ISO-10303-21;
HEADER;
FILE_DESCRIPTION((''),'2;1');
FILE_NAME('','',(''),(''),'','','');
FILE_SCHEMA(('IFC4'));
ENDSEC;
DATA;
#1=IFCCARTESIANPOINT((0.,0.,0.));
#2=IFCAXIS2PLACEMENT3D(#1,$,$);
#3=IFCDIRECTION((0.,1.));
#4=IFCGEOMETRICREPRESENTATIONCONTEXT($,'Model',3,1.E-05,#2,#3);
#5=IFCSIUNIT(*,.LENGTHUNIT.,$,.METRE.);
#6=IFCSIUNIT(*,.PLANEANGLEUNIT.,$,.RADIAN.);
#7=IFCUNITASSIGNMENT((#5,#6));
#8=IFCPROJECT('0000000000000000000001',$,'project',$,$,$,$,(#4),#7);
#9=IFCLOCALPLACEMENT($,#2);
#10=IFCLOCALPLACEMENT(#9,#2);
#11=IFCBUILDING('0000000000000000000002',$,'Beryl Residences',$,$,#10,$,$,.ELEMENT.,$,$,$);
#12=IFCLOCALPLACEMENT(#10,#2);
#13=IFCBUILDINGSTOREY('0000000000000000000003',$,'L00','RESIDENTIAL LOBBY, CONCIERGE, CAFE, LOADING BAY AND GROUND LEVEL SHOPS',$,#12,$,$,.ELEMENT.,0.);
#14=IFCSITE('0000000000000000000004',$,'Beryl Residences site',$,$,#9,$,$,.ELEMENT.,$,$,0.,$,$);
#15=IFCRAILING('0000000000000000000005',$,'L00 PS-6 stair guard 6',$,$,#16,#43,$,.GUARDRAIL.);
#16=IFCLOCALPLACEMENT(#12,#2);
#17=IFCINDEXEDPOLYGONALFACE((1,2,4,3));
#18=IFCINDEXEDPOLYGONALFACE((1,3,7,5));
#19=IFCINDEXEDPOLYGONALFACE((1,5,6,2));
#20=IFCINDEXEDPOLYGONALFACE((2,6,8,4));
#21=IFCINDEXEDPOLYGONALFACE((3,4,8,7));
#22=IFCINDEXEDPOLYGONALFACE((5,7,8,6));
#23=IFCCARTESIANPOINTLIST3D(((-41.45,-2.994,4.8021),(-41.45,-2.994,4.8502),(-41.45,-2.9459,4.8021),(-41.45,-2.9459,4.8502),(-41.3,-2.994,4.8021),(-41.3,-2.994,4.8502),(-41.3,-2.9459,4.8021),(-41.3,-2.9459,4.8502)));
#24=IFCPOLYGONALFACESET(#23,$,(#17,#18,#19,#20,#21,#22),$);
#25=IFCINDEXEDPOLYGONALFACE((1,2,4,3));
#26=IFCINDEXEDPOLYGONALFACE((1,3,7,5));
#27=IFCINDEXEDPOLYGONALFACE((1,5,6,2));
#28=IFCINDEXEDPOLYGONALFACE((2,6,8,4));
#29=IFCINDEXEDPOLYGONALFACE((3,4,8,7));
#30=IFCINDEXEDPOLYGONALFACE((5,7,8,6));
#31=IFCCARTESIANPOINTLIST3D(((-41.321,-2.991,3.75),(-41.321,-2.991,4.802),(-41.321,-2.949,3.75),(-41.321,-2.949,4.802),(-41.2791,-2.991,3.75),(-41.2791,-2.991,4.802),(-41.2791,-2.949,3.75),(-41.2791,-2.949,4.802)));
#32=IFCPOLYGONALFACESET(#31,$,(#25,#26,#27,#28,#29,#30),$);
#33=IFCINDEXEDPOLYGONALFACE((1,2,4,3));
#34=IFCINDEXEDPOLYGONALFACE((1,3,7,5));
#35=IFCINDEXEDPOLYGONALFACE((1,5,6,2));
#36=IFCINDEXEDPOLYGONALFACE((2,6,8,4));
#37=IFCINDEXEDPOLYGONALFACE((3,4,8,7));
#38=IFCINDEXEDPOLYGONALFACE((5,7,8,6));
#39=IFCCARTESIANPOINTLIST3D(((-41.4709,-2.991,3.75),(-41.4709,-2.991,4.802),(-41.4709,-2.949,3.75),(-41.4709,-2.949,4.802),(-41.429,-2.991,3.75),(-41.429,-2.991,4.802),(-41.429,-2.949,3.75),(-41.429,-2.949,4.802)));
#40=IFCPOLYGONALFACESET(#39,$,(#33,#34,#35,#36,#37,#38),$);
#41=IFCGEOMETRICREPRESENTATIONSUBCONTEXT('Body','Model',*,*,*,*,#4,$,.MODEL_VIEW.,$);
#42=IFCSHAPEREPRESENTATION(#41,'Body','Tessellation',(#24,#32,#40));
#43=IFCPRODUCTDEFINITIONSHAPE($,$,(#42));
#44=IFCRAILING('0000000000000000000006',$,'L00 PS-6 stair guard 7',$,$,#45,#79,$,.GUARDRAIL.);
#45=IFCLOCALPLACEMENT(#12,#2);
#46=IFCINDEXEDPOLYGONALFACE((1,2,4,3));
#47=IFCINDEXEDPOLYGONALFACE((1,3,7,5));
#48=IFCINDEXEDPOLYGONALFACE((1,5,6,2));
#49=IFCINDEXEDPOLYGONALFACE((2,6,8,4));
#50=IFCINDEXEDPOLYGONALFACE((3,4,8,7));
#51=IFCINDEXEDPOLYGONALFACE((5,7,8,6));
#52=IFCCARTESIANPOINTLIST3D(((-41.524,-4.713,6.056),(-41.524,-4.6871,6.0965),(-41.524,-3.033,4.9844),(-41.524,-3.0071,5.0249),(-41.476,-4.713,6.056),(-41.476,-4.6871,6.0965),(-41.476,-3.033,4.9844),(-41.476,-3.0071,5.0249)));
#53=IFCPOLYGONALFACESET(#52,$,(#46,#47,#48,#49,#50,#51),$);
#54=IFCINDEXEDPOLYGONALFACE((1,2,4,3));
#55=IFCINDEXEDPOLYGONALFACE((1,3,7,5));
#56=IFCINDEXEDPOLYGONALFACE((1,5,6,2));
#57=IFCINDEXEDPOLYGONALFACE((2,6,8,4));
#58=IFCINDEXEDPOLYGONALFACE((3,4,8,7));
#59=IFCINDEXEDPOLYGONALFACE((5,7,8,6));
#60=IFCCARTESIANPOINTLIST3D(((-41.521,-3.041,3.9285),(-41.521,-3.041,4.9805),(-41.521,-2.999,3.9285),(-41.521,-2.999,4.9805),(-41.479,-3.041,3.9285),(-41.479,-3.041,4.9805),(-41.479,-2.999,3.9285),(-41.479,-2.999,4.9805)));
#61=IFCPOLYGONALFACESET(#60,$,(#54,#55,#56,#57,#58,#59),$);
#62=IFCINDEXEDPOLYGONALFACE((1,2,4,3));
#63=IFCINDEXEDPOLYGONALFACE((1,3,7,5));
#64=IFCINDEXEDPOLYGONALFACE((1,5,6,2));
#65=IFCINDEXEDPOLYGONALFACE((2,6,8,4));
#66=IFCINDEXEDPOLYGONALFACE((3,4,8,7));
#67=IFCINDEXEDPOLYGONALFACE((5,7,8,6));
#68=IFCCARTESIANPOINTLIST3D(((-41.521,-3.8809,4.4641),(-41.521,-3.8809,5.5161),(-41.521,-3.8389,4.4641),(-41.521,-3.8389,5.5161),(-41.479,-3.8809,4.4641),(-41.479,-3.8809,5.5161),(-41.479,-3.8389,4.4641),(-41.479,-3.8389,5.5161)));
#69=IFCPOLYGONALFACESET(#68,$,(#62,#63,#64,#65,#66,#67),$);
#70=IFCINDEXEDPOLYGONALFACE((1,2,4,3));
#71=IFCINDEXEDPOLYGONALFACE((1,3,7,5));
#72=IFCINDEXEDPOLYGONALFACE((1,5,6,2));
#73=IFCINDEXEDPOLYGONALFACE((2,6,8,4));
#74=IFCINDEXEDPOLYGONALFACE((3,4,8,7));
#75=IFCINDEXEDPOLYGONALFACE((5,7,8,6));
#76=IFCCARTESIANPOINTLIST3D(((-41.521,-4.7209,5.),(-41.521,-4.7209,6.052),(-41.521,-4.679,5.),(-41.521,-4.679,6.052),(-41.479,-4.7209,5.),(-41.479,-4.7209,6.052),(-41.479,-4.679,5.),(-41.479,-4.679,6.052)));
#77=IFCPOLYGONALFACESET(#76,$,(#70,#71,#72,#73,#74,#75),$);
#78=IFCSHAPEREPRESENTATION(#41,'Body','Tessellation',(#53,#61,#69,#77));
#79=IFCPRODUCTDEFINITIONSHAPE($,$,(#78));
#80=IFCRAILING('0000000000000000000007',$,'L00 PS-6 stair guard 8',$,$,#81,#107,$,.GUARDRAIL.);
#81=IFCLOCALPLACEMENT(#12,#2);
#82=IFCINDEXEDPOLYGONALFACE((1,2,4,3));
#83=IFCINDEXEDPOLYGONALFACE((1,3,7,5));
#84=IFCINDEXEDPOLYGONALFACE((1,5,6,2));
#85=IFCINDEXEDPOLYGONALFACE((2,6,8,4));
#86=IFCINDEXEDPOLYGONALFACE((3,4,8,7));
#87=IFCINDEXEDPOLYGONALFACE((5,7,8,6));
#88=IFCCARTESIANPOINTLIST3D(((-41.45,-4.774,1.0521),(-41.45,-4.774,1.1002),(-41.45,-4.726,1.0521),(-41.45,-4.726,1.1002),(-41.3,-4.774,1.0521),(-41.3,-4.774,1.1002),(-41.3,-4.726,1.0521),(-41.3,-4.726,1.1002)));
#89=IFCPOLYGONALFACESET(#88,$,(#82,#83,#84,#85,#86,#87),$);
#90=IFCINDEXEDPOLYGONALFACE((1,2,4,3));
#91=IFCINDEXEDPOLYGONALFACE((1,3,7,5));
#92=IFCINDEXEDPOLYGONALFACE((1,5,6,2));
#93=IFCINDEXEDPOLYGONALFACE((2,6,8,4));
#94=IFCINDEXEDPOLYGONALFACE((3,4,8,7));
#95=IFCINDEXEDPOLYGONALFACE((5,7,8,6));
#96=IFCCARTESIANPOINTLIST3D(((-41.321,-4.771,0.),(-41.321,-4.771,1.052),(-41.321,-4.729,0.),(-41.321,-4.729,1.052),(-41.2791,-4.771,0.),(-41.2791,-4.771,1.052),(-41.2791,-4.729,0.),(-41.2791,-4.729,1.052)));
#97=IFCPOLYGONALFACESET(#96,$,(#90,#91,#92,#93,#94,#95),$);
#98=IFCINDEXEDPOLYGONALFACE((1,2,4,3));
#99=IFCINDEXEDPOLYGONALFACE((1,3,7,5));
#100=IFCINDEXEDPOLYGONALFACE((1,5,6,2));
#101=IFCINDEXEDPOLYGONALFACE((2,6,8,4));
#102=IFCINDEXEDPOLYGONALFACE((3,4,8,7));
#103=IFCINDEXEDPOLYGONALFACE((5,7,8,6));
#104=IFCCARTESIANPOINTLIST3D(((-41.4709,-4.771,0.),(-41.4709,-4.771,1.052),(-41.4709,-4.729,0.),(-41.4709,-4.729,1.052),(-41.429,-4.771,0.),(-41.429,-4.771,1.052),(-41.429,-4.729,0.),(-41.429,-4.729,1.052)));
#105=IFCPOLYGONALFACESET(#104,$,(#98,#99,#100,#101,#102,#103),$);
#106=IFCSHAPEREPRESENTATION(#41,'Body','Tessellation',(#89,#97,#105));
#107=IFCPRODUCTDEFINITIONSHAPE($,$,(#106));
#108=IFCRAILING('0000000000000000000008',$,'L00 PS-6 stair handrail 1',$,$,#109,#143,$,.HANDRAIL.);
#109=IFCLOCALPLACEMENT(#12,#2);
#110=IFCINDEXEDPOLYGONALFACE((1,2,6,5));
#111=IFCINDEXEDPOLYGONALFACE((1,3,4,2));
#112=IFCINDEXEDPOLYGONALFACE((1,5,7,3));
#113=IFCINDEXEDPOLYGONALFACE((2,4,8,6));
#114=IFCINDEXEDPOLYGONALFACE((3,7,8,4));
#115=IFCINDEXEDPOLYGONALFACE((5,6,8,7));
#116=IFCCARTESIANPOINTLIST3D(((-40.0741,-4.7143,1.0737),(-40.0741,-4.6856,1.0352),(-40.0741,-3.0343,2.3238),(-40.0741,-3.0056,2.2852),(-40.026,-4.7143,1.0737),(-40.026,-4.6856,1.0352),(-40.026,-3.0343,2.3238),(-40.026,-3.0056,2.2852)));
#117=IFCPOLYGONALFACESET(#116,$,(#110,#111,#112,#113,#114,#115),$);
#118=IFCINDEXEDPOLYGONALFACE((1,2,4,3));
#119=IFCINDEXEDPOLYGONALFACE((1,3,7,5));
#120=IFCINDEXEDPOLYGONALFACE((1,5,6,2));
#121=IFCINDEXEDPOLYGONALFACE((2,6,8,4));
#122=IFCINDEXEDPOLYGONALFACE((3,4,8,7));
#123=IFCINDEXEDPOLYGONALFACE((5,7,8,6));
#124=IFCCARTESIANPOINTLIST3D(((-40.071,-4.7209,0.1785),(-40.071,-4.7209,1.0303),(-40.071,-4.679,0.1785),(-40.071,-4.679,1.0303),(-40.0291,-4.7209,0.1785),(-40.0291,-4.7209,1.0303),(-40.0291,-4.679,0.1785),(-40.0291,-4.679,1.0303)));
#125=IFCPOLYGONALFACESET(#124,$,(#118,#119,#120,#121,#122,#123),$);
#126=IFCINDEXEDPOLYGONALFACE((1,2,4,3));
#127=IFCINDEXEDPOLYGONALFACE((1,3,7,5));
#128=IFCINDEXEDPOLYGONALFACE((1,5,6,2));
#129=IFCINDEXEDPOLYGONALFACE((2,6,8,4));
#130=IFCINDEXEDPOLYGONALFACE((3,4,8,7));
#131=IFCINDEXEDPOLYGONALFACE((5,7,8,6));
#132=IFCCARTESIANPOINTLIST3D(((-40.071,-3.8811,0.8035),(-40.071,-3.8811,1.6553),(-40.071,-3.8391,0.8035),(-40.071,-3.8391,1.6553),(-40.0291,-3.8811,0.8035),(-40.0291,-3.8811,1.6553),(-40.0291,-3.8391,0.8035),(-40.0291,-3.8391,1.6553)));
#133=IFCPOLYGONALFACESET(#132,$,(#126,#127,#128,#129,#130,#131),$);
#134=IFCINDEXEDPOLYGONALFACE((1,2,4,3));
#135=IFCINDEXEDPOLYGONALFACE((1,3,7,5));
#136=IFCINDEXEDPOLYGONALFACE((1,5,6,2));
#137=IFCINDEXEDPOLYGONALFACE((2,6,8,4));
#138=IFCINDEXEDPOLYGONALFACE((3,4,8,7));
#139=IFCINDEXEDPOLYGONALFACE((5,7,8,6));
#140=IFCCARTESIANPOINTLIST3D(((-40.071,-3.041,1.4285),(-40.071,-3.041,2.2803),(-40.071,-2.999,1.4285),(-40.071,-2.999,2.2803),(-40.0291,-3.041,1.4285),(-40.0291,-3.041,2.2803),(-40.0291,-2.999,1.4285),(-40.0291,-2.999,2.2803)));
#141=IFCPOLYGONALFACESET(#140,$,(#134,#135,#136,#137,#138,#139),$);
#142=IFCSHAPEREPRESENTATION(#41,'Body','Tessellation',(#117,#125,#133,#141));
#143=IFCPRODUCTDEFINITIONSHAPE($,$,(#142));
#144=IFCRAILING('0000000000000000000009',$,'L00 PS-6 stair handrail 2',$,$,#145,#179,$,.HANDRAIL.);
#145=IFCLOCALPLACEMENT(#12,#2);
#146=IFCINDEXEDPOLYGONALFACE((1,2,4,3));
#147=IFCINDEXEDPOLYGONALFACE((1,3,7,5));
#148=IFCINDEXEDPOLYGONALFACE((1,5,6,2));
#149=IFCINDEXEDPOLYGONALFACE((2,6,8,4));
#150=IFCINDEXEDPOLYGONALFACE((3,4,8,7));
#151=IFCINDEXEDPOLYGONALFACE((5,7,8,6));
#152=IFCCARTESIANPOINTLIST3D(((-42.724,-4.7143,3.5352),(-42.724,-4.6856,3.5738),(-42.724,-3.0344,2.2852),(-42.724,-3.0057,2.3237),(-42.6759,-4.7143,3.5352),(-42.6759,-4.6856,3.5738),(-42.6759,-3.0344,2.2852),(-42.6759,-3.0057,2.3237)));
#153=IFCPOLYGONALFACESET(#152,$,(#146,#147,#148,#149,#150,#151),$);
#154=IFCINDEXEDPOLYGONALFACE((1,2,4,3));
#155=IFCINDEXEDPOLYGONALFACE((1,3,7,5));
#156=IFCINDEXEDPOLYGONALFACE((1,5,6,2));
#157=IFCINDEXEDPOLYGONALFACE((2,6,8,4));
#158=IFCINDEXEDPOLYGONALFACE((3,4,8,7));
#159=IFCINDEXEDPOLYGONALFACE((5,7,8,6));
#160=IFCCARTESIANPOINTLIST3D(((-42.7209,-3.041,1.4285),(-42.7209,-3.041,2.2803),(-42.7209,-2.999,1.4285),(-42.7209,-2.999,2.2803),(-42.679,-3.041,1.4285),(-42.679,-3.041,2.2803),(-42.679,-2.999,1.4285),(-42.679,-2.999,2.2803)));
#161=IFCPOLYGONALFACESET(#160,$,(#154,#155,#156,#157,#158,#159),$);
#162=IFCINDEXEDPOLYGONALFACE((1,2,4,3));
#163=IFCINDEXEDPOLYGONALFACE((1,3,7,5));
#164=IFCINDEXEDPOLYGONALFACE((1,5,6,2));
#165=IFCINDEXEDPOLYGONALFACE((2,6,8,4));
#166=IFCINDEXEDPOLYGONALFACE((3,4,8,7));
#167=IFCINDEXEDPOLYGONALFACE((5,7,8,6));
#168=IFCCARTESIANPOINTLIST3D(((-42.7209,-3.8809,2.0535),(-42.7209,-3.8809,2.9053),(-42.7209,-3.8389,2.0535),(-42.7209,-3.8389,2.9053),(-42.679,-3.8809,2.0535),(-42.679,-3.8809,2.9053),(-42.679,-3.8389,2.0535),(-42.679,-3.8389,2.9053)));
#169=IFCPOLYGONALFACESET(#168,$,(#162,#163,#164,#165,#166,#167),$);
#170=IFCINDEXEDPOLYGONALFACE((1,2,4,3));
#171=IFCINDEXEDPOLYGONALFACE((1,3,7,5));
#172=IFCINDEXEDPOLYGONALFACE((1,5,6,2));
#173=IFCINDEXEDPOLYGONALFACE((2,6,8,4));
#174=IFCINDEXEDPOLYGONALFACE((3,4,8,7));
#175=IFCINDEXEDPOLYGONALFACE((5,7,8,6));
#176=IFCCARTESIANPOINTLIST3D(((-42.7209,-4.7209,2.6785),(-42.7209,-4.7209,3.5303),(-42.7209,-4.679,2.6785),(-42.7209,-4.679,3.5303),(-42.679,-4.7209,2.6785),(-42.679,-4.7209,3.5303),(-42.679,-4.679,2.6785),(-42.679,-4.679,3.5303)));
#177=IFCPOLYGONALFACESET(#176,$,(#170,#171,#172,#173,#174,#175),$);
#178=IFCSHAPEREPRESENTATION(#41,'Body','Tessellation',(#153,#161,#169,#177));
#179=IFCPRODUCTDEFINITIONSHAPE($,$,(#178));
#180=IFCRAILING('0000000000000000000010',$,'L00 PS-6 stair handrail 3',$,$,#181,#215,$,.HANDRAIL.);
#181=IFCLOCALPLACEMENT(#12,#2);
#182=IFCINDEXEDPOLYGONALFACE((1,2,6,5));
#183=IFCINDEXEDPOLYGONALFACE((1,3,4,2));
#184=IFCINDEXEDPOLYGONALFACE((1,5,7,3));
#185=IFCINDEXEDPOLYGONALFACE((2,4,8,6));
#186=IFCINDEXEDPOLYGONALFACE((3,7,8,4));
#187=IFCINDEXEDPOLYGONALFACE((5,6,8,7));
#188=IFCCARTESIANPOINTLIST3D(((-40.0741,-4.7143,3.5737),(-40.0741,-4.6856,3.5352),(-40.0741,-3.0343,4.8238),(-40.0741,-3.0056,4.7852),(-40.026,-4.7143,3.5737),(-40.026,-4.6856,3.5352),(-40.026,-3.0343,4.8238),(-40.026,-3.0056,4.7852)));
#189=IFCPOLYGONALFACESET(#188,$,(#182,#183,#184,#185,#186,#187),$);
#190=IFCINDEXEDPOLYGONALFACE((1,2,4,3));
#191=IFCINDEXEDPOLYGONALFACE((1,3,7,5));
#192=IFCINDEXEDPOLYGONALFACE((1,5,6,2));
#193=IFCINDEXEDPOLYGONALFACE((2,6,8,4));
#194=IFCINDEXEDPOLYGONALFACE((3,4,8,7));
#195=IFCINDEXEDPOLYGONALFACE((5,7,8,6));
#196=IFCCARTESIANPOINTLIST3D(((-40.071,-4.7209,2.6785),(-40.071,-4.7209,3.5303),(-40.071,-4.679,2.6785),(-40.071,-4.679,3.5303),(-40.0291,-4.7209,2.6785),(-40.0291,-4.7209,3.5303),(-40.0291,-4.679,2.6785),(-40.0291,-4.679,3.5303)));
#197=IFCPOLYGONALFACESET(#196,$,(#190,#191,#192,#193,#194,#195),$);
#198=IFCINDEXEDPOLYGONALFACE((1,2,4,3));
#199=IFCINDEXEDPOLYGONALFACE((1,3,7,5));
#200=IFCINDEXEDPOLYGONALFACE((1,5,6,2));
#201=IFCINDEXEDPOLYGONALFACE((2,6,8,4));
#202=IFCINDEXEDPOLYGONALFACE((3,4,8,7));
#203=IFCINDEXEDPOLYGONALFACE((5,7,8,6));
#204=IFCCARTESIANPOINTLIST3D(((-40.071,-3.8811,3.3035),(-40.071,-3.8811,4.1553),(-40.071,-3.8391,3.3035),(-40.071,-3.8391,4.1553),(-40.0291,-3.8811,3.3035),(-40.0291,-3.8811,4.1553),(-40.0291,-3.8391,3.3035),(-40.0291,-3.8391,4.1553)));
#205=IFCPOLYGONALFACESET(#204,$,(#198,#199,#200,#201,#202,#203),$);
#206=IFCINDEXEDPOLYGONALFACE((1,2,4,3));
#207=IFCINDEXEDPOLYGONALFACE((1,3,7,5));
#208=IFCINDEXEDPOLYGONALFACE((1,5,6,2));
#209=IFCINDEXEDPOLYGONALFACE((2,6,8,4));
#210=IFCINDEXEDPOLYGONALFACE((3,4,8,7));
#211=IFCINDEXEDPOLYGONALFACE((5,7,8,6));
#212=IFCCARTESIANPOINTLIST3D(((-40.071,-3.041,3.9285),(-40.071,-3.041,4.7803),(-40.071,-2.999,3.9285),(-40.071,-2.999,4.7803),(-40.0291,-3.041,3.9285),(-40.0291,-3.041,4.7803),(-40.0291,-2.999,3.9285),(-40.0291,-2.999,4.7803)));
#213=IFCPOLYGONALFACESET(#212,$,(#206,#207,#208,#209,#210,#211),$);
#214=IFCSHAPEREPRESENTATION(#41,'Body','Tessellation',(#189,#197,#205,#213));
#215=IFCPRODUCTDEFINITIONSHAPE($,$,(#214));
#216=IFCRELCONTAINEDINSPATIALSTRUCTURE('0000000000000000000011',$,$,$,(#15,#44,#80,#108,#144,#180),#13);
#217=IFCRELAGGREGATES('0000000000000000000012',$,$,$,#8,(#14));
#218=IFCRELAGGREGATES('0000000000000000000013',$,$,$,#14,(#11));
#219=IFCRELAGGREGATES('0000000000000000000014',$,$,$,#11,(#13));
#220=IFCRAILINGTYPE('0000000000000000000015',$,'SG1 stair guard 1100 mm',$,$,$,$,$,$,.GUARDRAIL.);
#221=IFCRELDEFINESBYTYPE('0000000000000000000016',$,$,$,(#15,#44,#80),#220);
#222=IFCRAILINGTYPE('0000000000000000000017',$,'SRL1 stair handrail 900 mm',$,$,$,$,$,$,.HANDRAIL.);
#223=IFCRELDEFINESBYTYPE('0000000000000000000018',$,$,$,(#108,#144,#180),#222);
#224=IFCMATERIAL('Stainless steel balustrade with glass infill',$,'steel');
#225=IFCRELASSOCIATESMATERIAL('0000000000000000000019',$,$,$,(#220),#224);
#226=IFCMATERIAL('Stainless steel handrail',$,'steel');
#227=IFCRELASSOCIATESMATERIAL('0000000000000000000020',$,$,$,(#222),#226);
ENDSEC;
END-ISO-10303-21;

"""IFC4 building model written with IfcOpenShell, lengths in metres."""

from ifc_helpers import new_model, si_unit, direction, frame, origin, origin_2d, place, context, subcontext, project, spatial, rectangle, extrude, material, type_object, element, save


model = new_model("IFC4")

# Units and contexts
model_context = context("Model", 3, precision=1e-05, world=origin(), true_north=direction((0.0, 1.0)))
body_context = subcontext(model_context, "Body", "Model", "MODEL_VIEW")
ifc_project = project(units=[si_unit("LENGTHUNIT", "METRE"), si_unit("PLANEANGLEUNIT", "RADIAN")], contexts=[model_context])

# Site, building, storey
site_placement = place(None, origin())
site = spatial("IfcSite", under=ifc_project, at=site_placement, Name="Beryl Residences site", CompositionType="ELEMENT", RefElevation=0.0)
building_placement = place(site_placement, origin())
building = spatial("IfcBuilding", under=site, at=building_placement, Name="Beryl Residences", CompositionType="ELEMENT")
storey_placement = place(building_placement, origin())
storey = spatial("IfcBuildingStorey", under=building, at=storey_placement, Name="L00", Description="RESIDENTIAL LOBBY, CONCIERGE, CAFE, LOADING BAY AND GROUND LEVEL SHOPS", CompositionType="ELEMENT", Elevation=0.0)

# Railings
ifc_material_1 = material(Name="Stainless steel balustrade with glass infill", Category="steel")
railing_type_1 = type_object("IfcRailingType", Name="SG1 stair guard 1100 mm", PredefinedType="GUARDRAIL", material=ifc_material_1)
railing_1_placement = place(storey_placement, frame((-41.3, -2.97, 3.75)))
element("IfcRailing", 1, at=railing_1_placement, inside=storey, type_object=railing_type_1, Name="L00 PS-6 stair guard 6", PredefinedType="GUARDRAIL", context=body_context, shape_type="SweptSolid", body=[
    extrude(rectangle(XDim=0.0481, YDim=0.0481, at=origin_2d()), frame((0.0, 0.0, 1.0762), z_axis=(-1.0, 0.0, 0.0), x_axis=(0.0, -1.0, 0.0)), (0.0, 0.0, 1.0), 0.1499),
    extrude(rectangle(XDim=0.042, YDim=0.042, at=origin_2d()), origin(), (0.0, 0.0, 1.0), 1.052),
    extrude(rectangle(XDim=0.042, YDim=0.042, at=origin_2d()), frame((-0.1499, 0.0, 0.0)), (0.0, 0.0, 1.0), 1.052),
])
railing_2_placement = place(storey_placement, frame((-41.5, -3.02, 3.9285)))
element("IfcRailing", 2, at=railing_2_placement, inside=storey, type_object=railing_type_1, Name="L00 PS-6 stair guard 7", PredefinedType="GUARDRAIL", context=body_context, shape_type="SweptSolid", body=[
    extrude(rectangle(XDim=0.0481, YDim=0.0481, at=origin_2d()), frame((0.0, 0.0, 1.0762), z_axis=(0.0, -0.843096, 0.537763), x_axis=(1.0, 0.0, 0.0)), (0.0, 0.0, 1.0), 1.9927),
    extrude(rectangle(XDim=0.042, YDim=0.042, at=origin_2d()), origin(), (0.0, 0.0, 1.0), 1.052),
    extrude(rectangle(XDim=0.042, YDim=0.042, at=origin_2d()), frame((0.0, -0.8398, 0.5356)), (0.0, 0.0, 1.0), 1.052),
    extrude(rectangle(XDim=0.042, YDim=0.042, at=origin_2d()), frame((0.0, -1.6799, 1.0715)), (0.0, 0.0, 1.0), 1.052),
])
railing_3_placement = place(storey_placement, frame((-41.3, -4.75, 0.0)))
element("IfcRailing", 3, at=railing_3_placement, inside=storey, type_object=railing_type_1, Name="L00 PS-6 stair guard 8", PredefinedType="GUARDRAIL", context=body_context, shape_type="SweptSolid", body=[
    extrude(rectangle(XDim=0.0481, YDim=0.0481, at=origin_2d()), frame((0.0, 0.0, 1.0762), z_axis=(-1.0, 0.0, 0.0), x_axis=(0.0, -1.0, 0.0)), (0.0, 0.0, 1.0), 0.1499),
    extrude(rectangle(XDim=0.042, YDim=0.042, at=origin_2d()), origin(), (0.0, 0.0, 1.0), 1.052),
    extrude(rectangle(XDim=0.042, YDim=0.042, at=origin_2d()), frame((-0.1499, 0.0, 0.0)), (0.0, 0.0, 1.0), 1.052),
])
ifc_material_2 = material(Name="Stainless steel handrail", Category="steel")
railing_type_2 = type_object("IfcRailingType", Name="SRL1 stair handrail 900 mm", PredefinedType="HANDRAIL", material=ifc_material_2)
railing_4_placement = place(storey_placement, frame((-40.05, -4.7, 0.1785)))
element("IfcRailing", 4, at=railing_4_placement, inside=storey, type_object=railing_type_2, Name="L00 PS-6 stair handrail 1", PredefinedType="HANDRAIL", context=body_context, shape_type="SweptSolid", body=[
    extrude(rectangle(XDim=0.0481, YDim=0.0481, at=origin_2d()), frame((0.0, 0.0, 0.876), z_axis=(0.0, 0.802275, 0.596955), x_axis=(-1.0, 0.0, 0.0)), (0.0, 0.0, 1.0), 2.094),
    extrude(rectangle(XDim=0.042, YDim=0.042, at=origin_2d()), origin(), (0.0, 0.0, 1.0), 0.8518),
    extrude(rectangle(XDim=0.042, YDim=0.042, at=origin_2d()), frame((0.0, 0.8398, 0.625)), (0.0, 0.0, 1.0), 0.8518),
    extrude(rectangle(XDim=0.042, YDim=0.042, at=origin_2d()), frame((0.0, 1.6799, 1.25)), (0.0, 0.0, 1.0), 0.8518),
])
railing_5_placement = place(storey_placement, frame((-42.7, -3.02, 1.4285)))
element("IfcRailing", 5, at=railing_5_placement, inside=storey, type_object=railing_type_2, Name="L00 PS-6 stair handrail 2", PredefinedType="HANDRAIL", context=body_context, shape_type="SweptSolid", body=[
    extrude(rectangle(XDim=0.0481, YDim=0.0481, at=origin_2d()), frame((0.0, 0.0, 0.876), z_axis=(0.0, -0.802275, 0.596955), x_axis=(1.0, 0.0, 0.0)), (0.0, 0.0, 1.0), 2.094),
    extrude(rectangle(XDim=0.042, YDim=0.042, at=origin_2d()), origin(), (0.0, 0.0, 1.0), 0.8518),
    extrude(rectangle(XDim=0.042, YDim=0.042, at=origin_2d()), frame((0.0, -0.8398, 0.625)), (0.0, 0.0, 1.0), 0.8518),
    extrude(rectangle(XDim=0.042, YDim=0.042, at=origin_2d()), frame((0.0, -1.6799, 1.25)), (0.0, 0.0, 1.0), 0.8518),
])
railing_6_placement = place(storey_placement, frame((-40.05, -4.7, 2.6785)))
element("IfcRailing", 6, at=railing_6_placement, inside=storey, type_object=railing_type_2, Name="L00 PS-6 stair handrail 3", PredefinedType="HANDRAIL", context=body_context, shape_type="SweptSolid", body=[
    extrude(rectangle(XDim=0.0481, YDim=0.0481, at=origin_2d()), frame((0.0, 0.0, 0.876), z_axis=(0.0, 0.802275, 0.596955), x_axis=(-1.0, 0.0, 0.0)), (0.0, 0.0, 1.0), 2.094),
    extrude(rectangle(XDim=0.042, YDim=0.042, at=origin_2d()), origin(), (0.0, 0.0, 1.0), 0.8518),
    extrude(rectangle(XDim=0.042, YDim=0.042, at=origin_2d()), frame((0.0, 0.8398, 0.625)), (0.0, 0.0, 1.0), 0.8518),
    extrude(rectangle(XDim=0.042, YDim=0.042, at=origin_2d()), frame((0.0, 1.6799, 1.25)), (0.0, 0.0, 1.0), 0.8518),
])

save(model, "model.ifc")
